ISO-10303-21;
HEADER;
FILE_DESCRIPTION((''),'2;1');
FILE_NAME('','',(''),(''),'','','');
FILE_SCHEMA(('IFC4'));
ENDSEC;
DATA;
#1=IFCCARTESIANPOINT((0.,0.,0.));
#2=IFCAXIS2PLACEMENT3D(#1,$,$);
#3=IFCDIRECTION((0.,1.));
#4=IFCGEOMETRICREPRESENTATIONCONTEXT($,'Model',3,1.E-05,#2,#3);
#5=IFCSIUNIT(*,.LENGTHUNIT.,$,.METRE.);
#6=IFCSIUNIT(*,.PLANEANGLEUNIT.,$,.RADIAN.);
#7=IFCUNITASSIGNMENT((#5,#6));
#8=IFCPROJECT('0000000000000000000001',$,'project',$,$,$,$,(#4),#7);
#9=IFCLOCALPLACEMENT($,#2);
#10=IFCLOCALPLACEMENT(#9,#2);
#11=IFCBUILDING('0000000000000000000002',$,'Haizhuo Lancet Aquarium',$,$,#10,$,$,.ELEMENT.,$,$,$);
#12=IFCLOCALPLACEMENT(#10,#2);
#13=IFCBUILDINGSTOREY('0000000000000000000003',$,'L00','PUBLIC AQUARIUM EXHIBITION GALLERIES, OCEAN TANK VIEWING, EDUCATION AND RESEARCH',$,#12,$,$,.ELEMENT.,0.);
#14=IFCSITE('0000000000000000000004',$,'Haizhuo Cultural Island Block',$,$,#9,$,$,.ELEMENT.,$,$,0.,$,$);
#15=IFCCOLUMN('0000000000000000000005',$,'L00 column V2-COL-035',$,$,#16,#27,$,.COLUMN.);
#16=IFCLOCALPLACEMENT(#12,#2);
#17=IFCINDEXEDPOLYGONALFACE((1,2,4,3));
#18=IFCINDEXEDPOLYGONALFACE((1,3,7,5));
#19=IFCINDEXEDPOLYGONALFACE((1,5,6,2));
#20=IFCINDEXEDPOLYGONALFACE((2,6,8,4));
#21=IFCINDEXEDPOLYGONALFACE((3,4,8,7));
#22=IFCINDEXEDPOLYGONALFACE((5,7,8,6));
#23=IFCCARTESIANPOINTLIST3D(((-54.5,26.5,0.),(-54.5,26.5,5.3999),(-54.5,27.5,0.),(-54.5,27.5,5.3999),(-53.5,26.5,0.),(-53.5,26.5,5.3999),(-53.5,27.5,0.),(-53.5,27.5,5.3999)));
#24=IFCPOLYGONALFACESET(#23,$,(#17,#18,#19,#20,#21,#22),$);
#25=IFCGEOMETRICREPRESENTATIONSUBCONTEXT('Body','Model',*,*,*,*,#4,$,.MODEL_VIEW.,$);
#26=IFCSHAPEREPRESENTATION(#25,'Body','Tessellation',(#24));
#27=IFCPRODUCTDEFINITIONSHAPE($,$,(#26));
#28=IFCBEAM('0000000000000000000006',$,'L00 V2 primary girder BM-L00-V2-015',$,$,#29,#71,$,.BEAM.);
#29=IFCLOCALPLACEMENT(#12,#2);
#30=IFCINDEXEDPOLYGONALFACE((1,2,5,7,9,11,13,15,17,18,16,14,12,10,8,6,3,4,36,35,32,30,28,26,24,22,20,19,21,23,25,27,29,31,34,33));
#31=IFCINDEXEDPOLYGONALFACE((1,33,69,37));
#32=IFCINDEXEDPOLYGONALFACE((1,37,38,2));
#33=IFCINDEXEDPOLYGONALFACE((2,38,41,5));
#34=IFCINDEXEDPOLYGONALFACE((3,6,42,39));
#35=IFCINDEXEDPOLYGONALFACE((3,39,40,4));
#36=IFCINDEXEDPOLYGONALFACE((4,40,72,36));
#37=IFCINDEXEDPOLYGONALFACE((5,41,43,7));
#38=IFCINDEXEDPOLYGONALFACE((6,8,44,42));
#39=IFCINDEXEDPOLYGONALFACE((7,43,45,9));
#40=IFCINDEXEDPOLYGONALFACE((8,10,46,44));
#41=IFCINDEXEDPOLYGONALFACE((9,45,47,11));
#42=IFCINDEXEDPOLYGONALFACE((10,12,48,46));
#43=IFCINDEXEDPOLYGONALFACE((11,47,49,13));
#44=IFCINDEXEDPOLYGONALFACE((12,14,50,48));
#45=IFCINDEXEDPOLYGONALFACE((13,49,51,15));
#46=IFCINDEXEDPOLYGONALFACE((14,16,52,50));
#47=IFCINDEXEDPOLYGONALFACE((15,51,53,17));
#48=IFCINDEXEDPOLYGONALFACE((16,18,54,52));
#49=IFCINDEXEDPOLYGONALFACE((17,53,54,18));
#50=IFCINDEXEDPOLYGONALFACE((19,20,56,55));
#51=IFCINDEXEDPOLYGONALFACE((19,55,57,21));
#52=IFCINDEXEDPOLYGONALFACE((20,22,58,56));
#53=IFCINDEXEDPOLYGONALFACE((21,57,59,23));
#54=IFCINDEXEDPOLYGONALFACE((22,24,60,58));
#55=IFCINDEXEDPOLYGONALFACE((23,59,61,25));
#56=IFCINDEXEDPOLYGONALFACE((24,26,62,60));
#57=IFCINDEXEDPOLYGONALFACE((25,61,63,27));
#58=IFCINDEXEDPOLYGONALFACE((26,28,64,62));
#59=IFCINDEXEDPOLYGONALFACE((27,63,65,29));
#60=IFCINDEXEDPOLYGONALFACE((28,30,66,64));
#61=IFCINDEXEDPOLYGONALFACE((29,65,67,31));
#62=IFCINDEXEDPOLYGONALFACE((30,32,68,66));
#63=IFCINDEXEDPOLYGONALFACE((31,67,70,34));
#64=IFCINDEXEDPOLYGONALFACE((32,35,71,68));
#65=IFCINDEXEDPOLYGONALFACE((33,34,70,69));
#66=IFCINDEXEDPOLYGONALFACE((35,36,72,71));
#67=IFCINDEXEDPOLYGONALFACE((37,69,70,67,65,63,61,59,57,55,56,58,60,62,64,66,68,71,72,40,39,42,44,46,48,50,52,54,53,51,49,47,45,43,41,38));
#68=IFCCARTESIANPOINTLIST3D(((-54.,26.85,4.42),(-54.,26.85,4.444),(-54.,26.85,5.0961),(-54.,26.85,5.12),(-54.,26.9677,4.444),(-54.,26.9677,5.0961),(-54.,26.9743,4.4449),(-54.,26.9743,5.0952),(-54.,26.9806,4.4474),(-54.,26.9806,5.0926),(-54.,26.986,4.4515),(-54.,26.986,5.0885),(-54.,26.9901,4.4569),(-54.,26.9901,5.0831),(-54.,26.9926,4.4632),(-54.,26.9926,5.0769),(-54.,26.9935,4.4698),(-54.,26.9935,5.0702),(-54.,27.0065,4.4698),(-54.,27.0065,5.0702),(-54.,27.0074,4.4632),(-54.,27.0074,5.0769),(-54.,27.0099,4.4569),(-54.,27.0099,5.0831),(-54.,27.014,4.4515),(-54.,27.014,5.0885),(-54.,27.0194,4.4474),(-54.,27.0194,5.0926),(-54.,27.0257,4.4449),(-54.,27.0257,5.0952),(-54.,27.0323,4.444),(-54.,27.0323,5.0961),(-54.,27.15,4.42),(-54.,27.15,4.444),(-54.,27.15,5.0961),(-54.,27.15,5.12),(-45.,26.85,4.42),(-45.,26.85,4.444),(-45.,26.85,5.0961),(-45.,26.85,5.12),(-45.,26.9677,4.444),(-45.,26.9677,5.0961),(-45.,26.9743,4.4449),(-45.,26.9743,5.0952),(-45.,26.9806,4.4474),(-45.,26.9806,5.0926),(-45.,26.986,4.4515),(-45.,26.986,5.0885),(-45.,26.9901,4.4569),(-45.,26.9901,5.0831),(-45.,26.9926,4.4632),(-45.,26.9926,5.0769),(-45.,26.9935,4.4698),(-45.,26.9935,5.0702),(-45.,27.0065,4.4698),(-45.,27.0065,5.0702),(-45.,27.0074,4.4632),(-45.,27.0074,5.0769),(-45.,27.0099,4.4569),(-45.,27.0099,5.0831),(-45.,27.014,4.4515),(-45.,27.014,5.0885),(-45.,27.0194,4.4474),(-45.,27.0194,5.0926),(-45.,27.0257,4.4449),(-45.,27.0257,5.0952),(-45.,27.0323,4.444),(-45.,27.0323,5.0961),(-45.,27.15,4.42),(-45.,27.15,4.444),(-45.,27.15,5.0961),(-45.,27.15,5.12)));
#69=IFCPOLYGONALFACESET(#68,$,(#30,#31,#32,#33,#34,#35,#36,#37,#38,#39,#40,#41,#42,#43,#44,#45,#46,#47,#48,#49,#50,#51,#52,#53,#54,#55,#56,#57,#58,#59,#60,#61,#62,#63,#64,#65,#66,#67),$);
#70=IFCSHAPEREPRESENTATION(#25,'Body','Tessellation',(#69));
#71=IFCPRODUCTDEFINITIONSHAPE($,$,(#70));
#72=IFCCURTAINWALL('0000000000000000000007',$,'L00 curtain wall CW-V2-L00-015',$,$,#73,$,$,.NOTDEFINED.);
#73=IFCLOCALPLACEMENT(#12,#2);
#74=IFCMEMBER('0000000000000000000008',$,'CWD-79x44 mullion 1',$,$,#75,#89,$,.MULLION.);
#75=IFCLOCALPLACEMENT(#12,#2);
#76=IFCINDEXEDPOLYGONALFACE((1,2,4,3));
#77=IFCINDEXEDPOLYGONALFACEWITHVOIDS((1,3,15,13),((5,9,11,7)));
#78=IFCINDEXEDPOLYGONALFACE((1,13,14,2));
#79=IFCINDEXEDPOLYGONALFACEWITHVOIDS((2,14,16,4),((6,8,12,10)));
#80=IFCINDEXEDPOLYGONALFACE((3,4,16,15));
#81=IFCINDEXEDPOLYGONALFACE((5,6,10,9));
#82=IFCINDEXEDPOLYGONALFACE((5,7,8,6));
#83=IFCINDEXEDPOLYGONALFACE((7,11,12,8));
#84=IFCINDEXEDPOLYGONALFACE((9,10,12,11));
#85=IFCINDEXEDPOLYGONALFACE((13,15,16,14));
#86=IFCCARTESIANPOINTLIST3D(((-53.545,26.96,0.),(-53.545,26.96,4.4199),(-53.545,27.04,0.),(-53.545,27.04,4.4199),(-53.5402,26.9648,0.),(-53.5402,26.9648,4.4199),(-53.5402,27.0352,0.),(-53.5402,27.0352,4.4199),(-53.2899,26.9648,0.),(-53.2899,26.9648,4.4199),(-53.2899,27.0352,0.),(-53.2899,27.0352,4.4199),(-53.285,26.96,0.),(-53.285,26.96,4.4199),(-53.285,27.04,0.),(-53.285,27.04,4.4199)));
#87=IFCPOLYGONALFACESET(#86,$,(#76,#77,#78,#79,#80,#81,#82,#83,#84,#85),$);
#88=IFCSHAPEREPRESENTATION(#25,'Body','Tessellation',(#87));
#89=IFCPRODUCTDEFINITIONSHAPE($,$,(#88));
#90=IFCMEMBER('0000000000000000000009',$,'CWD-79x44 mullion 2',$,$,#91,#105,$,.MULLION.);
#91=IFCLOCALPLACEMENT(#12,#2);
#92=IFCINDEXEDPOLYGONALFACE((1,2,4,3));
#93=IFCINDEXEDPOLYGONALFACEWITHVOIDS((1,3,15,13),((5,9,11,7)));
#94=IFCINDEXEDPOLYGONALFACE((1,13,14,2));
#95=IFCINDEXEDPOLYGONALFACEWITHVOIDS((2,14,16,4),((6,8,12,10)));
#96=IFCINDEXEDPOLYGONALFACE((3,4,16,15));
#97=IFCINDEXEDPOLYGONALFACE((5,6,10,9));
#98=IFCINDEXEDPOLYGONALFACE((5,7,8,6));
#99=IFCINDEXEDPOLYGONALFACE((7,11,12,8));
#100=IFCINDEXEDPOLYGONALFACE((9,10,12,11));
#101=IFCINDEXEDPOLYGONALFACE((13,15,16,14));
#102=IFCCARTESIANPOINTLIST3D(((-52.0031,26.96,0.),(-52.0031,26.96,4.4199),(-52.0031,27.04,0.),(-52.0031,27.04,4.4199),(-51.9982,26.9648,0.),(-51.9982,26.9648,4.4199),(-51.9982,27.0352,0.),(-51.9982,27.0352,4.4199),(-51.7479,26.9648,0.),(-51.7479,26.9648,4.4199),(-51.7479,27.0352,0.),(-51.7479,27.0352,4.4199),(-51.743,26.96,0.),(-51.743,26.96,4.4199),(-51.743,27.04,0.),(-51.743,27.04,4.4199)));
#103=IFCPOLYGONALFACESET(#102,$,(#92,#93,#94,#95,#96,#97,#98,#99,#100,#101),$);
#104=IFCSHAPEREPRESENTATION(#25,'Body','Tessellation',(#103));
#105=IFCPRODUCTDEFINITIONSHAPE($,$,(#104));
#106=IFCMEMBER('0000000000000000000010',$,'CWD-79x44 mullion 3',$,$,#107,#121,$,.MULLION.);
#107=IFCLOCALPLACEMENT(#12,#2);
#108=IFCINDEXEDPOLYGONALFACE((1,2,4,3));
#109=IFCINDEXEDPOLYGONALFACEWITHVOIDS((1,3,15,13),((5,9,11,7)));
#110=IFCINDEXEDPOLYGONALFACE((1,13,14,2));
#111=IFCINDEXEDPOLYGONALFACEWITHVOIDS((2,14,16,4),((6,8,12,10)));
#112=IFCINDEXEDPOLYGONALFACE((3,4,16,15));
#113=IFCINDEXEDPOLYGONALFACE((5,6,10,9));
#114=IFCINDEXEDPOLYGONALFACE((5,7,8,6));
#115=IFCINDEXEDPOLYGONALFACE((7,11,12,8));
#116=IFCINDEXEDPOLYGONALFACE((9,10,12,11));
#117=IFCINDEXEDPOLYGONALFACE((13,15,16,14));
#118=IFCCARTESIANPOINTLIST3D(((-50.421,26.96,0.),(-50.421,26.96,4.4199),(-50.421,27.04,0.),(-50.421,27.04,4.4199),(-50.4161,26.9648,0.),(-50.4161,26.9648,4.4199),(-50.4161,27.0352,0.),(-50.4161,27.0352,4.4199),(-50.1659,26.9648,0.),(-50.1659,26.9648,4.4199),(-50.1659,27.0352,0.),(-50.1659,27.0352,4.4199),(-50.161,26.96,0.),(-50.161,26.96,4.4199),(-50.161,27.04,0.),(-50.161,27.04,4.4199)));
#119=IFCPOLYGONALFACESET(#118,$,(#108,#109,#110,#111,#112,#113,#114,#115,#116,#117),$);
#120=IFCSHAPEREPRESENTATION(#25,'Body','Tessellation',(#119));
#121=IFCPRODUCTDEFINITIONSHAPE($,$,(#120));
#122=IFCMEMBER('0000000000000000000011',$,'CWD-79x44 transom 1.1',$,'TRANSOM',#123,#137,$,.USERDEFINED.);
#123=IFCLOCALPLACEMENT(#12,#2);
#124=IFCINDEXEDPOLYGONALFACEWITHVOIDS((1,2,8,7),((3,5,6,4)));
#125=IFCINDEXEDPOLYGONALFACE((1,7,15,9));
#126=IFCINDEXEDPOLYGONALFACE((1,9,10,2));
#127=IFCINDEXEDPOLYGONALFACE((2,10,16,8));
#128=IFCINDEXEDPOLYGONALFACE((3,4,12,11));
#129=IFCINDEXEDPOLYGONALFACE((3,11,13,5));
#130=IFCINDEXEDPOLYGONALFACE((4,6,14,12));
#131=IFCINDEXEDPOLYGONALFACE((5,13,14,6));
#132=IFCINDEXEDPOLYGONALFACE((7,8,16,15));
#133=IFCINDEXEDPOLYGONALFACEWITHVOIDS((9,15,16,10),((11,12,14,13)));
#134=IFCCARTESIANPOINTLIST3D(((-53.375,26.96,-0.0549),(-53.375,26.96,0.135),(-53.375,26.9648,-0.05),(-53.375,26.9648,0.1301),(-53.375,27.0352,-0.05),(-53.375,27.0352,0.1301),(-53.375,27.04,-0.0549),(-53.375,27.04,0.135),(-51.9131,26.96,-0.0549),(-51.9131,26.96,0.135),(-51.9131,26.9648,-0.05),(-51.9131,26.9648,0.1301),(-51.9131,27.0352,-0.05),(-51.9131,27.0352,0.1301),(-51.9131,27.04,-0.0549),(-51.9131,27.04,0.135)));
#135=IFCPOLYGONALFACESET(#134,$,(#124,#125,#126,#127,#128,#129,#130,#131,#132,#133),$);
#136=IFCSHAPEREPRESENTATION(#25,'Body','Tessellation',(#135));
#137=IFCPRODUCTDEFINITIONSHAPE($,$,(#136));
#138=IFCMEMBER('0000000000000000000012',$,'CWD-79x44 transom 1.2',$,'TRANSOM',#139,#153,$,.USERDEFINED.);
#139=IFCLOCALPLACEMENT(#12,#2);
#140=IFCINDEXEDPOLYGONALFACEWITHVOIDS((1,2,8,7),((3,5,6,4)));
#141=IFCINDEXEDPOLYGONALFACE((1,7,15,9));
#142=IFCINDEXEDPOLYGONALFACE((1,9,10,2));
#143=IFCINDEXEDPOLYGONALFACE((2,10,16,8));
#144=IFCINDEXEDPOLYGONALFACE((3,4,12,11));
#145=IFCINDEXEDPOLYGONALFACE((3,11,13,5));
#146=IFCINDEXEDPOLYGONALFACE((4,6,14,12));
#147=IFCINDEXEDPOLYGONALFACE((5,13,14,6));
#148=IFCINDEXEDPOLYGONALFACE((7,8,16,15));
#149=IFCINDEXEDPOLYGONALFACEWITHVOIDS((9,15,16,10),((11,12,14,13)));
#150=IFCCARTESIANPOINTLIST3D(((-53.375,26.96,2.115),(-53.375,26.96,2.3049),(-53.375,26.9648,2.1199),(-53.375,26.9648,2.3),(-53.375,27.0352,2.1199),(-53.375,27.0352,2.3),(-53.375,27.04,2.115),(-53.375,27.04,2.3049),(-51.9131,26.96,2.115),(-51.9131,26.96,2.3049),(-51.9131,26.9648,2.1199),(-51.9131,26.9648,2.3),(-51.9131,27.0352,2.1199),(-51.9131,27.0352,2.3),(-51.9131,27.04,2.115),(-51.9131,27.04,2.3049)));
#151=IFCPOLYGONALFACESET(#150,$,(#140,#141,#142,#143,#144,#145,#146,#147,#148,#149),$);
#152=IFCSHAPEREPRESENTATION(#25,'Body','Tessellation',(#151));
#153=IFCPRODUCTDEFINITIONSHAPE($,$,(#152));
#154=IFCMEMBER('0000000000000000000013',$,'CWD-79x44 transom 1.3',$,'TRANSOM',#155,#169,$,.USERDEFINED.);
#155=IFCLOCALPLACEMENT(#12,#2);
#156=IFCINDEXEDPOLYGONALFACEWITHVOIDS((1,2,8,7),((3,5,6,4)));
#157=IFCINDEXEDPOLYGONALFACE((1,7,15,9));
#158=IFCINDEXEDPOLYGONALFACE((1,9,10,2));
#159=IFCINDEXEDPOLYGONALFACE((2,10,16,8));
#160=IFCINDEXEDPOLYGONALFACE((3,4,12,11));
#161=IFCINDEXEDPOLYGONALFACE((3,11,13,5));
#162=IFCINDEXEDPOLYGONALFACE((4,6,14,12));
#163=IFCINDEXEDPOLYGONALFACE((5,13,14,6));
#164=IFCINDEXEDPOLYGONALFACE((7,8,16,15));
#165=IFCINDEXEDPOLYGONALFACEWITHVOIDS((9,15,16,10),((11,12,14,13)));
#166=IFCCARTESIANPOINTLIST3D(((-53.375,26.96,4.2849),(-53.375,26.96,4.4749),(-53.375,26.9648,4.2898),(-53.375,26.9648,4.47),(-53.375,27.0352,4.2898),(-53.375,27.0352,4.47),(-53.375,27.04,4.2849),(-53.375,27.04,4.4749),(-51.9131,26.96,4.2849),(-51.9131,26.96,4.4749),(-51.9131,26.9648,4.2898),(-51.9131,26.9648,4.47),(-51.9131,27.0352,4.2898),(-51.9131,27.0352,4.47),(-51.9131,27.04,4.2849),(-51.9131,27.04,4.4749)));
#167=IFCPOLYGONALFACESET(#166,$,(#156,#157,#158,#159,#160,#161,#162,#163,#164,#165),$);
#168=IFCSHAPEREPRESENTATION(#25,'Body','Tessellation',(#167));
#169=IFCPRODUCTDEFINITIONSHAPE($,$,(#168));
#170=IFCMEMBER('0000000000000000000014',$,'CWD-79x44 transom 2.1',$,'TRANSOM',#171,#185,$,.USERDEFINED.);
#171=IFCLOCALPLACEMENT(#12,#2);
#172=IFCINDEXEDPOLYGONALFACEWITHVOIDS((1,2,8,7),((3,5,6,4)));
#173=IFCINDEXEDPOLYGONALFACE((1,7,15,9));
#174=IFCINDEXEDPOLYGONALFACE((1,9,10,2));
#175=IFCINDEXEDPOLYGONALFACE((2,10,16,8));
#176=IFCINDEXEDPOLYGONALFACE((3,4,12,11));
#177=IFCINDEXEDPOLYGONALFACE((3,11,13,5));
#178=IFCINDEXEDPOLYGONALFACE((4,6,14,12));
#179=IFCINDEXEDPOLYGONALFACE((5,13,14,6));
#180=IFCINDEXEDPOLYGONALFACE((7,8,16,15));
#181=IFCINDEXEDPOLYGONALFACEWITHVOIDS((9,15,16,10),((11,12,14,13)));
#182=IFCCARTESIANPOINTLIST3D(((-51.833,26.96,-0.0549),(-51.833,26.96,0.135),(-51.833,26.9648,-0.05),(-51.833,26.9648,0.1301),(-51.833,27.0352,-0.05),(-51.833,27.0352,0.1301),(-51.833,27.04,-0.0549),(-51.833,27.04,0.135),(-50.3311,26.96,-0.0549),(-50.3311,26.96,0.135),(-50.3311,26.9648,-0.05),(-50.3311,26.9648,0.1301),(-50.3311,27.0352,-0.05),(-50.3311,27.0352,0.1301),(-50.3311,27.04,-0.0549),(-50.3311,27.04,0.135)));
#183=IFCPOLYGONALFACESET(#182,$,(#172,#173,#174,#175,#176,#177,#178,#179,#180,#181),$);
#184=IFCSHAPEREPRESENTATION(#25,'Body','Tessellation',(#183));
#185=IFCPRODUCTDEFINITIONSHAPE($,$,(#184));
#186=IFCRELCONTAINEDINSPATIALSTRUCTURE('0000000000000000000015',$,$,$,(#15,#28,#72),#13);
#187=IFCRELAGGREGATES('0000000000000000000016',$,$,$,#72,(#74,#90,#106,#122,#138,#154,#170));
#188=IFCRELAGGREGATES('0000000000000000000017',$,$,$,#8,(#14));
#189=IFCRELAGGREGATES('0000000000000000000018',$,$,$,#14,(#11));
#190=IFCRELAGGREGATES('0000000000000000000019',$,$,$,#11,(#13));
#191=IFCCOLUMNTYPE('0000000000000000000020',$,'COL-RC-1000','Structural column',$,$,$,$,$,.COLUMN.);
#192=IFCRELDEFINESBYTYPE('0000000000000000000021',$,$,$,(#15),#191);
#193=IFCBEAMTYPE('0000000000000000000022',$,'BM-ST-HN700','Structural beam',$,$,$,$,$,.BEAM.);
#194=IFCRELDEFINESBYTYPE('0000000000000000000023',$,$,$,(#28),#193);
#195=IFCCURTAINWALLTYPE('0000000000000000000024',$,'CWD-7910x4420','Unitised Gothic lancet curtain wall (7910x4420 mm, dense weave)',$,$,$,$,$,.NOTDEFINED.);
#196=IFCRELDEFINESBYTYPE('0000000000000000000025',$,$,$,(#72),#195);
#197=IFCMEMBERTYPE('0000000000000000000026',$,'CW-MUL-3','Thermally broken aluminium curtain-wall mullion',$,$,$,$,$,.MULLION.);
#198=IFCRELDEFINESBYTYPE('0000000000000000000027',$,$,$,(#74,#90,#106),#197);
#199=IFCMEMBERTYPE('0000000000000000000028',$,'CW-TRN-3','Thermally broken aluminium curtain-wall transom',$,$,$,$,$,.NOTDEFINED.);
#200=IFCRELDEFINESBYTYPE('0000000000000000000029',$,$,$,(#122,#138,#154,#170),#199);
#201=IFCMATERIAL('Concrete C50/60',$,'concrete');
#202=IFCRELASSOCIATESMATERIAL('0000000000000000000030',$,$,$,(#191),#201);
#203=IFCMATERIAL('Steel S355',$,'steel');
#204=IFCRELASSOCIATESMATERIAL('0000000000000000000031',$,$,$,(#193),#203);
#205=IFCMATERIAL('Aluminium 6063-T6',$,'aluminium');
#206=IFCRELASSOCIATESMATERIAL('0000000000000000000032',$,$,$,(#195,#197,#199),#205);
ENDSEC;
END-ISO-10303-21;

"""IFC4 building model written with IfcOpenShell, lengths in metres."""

from ifc_helpers import new_model, si_unit, direction, frame, origin, origin_2d, place, context, subcontext, project, spatial, rectangle, hollow_rectangle, i_section, extrude, material, material_profile, profile_set, type_object, element, aggregate, save


model = new_model("IFC4")

# Units and contexts
model_context = context("Model", 3, precision=1e-05, world=origin(), true_north=direction((0.0, 1.0)))
body_context = subcontext(model_context, "Body", "Model", "MODEL_VIEW")
ifc_project = project(units=[si_unit("LENGTHUNIT", "METRE"), si_unit("PLANEANGLEUNIT", "RADIAN")], contexts=[model_context])

# Site, building, storey
site_placement = place(None, origin())
site = spatial("IfcSite", under=ifc_project, at=site_placement, Name="Haizhuo Cultural Island Block", CompositionType="ELEMENT", RefElevation=0.0)
building_placement = place(site_placement, origin())
building = spatial("IfcBuilding", under=site, at=building_placement, Name="Haizhuo Lancet Aquarium", CompositionType="ELEMENT")
storey_placement = place(building_placement, origin())
storey = spatial("IfcBuildingStorey", under=building, at=storey_placement, Name="L00", Description="PUBLIC AQUARIUM EXHIBITION GALLERIES, OCEAN TANK VIEWING, EDUCATION AND RESEARCH", CompositionType="ELEMENT", Elevation=0.0)

# Column
ifc_material_1 = material(Name="Concrete C50/60", Category="concrete")
ifc_material_profile_1 = material_profile(ifc_material_1, rectangle(XDim=1.0, YDim=1.0, at=origin_2d()), Name="RC-COL 1000x1000")
ifc_profile_set_1 = profile_set([ifc_material_profile_1], Name="Concrete C50/60")
column_type = type_object("IfcColumnType", Name="COL-RC-1000", Description="Structural column", PredefinedType="COLUMN", material=ifc_profile_set_1)
column_placement = place(storey_placement, frame((-54.0, 27.0, 0.0), z_axis=(0.0, 0.0, 1.0), x_axis=(1.0, 0.0, 0.0)))
element("IfcColumn", 1, at=column_placement, inside=storey, type_object=column_type, Name="L00 column V2-COL-035", PredefinedType="COLUMN", context=body_context, shape_type="SweptSolid", body=[
    extrude(rectangle(XDim=1.0, YDim=1.0, at=origin_2d()), origin(), (0.0, 0.0, 1.0), 5.3999),
])

# Beam
ifc_material_2 = material(Name="Steel S355", Category="steel")
ifc_material_profile_2 = material_profile(ifc_material_2, i_section(OverallWidth=0.3, OverallDepth=0.7, WebThickness=0.0129, FlangeThickness=0.0239, FilletRadius=0.0259, at=origin_2d()), Name="HN 700x300x13x24")
ifc_profile_set_2 = profile_set([ifc_material_profile_2], Name="Steel S355")
beam_type = type_object("IfcBeamType", Name="BM-ST-HN700", Description="Structural beam", PredefinedType="BEAM", material=ifc_profile_set_2)
beam_placement = place(storey_placement, frame((-54.0, 27.0, 4.77), z_axis=(1.0, 0.0, 0.0), x_axis=(0.0, 1.0, 0.0)))
element("IfcBeam", 2, at=beam_placement, inside=storey, type_object=beam_type, Name="L00 V2 primary girder BM-L00-V2-015", PredefinedType="BEAM", context=body_context, shape_type="SweptSolid", body=[
    extrude(i_section(OverallWidth=0.3, OverallDepth=0.7, WebThickness=0.0129, FlangeThickness=0.0239, FilletRadius=0.0259, at=origin_2d()), origin(), (0.0, 0.0, 1.0), 9.0),
])

# Curtain wall, members
ifc_material_3 = material(Name="Aluminium 6063-T6", Category="aluminium")
curtain_wall_type = type_object("IfcCurtainWallType", Name="CWD-7910x4420", Description="Unitised Gothic lancet curtain wall (7910x4420 mm, dense weave)", PredefinedType="NOTDEFINED", material=ifc_material_3)
curtain_wall_placement = place(storey_placement, origin())
curtain_wall = element("IfcCurtainWall", 3, at=curtain_wall_placement, inside=storey, type_object=curtain_wall_type, Name="L00 curtain wall CW-V2-L00-015", PredefinedType="NOTDEFINED")
ifc_material_profile_3 = material_profile(ifc_material_3, hollow_rectangle(XDim=0.0801, YDim=0.26, WallThickness=0.0049, at=origin_2d()), Name="ALU-M 80x260x5")
ifc_profile_set_3 = profile_set([ifc_material_profile_3], Name="Aluminium 6063-T6")
member_type_1 = type_object("IfcMemberType", Name="CW-MUL-3", Description="Thermally broken aluminium curtain-wall mullion", PredefinedType="MULLION", material=ifc_profile_set_3)
member_1_placement = place(storey_placement, frame((-53.415, 27.0, 0.0), z_axis=(0.0, 0.0, 1.0), x_axis=(0.0, 1.0, 0.0)))
member_1 = element("IfcMember", 4, at=member_1_placement, type_object=member_type_1, Name="CWD-79x44 mullion 1", PredefinedType="MULLION", context=body_context, shape_type="SweptSolid", body=[
    extrude(hollow_rectangle(XDim=0.0801, YDim=0.26, WallThickness=0.0049, at=origin_2d()), origin(), (0.0, 0.0, 1.0), 4.4199),
])
member_2_placement = place(storey_placement, frame((-51.873, 27.0, 0.0), z_axis=(0.0, 0.0, 1.0), x_axis=(0.0, 1.0, 0.0)))
member_2 = element("IfcMember", 5, at=member_2_placement, type_object=member_type_1, Name="CWD-79x44 mullion 2", PredefinedType="MULLION", context=body_context, shape_type="SweptSolid", body=[
    extrude(hollow_rectangle(XDim=0.0801, YDim=0.26, WallThickness=0.0049, at=origin_2d()), origin(), (0.0, 0.0, 1.0), 4.4199),
])
member_3_placement = place(storey_placement, frame((-50.291, 27.0, 0.0), z_axis=(0.0, 0.0, 1.0), x_axis=(0.0, 1.0, 0.0)))
member_3 = element("IfcMember", 6, at=member_3_placement, type_object=member_type_1, Name="CWD-79x44 mullion 3", PredefinedType="MULLION", context=body_context, shape_type="SweptSolid", body=[
    extrude(hollow_rectangle(XDim=0.0801, YDim=0.26, WallThickness=0.0049, at=origin_2d()), origin(), (0.0, 0.0, 1.0), 4.4199),
])
ifc_material_profile_4 = material_profile(ifc_material_3, hollow_rectangle(XDim=0.0801, YDim=0.1899, WallThickness=0.0049, at=origin_2d()), Name="ALU-T 80x190x5")
ifc_profile_set_4 = profile_set([ifc_material_profile_4], Name="Aluminium 6063-T6")
member_type_2 = type_object("IfcMemberType", Name="CW-TRN-3", Description="Thermally broken aluminium curtain-wall transom", PredefinedType="NOTDEFINED", material=ifc_profile_set_4)
member_4_placement = place(storey_placement, frame((-53.375, 27.0, 0.04), z_axis=(1.0, 0.0, 0.0), x_axis=(0.0, 1.0, 0.0)))
member_4 = element("IfcMember", 7, at=member_4_placement, type_object=member_type_2, Name="CWD-79x44 transom 1.1", ObjectType="TRANSOM", PredefinedType="USERDEFINED", context=body_context, shape_type="SweptSolid", body=[
    extrude(hollow_rectangle(XDim=0.0801, YDim=0.1899, WallThickness=0.0049, at=origin_2d()), origin(), (0.0, 0.0, 1.0), 1.4619),
])
member_5_placement = place(storey_placement, frame((-53.375, 27.0, 2.21), z_axis=(1.0, 0.0, 0.0), x_axis=(0.0, 1.0, 0.0)))
member_5 = element("IfcMember", 8, at=member_5_placement, type_object=member_type_2, Name="CWD-79x44 transom 1.2", ObjectType="TRANSOM", PredefinedType="USERDEFINED", context=body_context, shape_type="SweptSolid", body=[
    extrude(hollow_rectangle(XDim=0.0801, YDim=0.1899, WallThickness=0.0049, at=origin_2d()), origin(), (0.0, 0.0, 1.0), 1.4619),
])
member_6_placement = place(storey_placement, frame((-53.375, 27.0, 4.3799), z_axis=(1.0, 0.0, 0.0), x_axis=(0.0, 1.0, 0.0)))
member_6 = element("IfcMember", 9, at=member_6_placement, type_object=member_type_2, Name="CWD-79x44 transom 1.3", ObjectType="TRANSOM", PredefinedType="USERDEFINED", context=body_context, shape_type="SweptSolid", body=[
    extrude(hollow_rectangle(XDim=0.0801, YDim=0.1899, WallThickness=0.0049, at=origin_2d()), origin(), (0.0, 0.0, 1.0), 1.4619),
])
member_7_placement = place(storey_placement, frame((-51.833, 27.0, 0.04), z_axis=(1.0, 0.0, 0.0), x_axis=(0.0, 1.0, 0.0)))
member_7 = element("IfcMember", 10, at=member_7_placement, type_object=member_type_2, Name="CWD-79x44 transom 2.1", ObjectType="TRANSOM", PredefinedType="USERDEFINED", context=body_context, shape_type="SweptSolid", body=[
    extrude(hollow_rectangle(XDim=0.0801, YDim=0.1899, WallThickness=0.0049, at=origin_2d()), origin(), (0.0, 0.0, 1.0), 1.502),
])

aggregate(curtain_wall, [member_1, member_2, member_3, member_4, member_5, member_6, member_7])

save(model, "model.ifc")
